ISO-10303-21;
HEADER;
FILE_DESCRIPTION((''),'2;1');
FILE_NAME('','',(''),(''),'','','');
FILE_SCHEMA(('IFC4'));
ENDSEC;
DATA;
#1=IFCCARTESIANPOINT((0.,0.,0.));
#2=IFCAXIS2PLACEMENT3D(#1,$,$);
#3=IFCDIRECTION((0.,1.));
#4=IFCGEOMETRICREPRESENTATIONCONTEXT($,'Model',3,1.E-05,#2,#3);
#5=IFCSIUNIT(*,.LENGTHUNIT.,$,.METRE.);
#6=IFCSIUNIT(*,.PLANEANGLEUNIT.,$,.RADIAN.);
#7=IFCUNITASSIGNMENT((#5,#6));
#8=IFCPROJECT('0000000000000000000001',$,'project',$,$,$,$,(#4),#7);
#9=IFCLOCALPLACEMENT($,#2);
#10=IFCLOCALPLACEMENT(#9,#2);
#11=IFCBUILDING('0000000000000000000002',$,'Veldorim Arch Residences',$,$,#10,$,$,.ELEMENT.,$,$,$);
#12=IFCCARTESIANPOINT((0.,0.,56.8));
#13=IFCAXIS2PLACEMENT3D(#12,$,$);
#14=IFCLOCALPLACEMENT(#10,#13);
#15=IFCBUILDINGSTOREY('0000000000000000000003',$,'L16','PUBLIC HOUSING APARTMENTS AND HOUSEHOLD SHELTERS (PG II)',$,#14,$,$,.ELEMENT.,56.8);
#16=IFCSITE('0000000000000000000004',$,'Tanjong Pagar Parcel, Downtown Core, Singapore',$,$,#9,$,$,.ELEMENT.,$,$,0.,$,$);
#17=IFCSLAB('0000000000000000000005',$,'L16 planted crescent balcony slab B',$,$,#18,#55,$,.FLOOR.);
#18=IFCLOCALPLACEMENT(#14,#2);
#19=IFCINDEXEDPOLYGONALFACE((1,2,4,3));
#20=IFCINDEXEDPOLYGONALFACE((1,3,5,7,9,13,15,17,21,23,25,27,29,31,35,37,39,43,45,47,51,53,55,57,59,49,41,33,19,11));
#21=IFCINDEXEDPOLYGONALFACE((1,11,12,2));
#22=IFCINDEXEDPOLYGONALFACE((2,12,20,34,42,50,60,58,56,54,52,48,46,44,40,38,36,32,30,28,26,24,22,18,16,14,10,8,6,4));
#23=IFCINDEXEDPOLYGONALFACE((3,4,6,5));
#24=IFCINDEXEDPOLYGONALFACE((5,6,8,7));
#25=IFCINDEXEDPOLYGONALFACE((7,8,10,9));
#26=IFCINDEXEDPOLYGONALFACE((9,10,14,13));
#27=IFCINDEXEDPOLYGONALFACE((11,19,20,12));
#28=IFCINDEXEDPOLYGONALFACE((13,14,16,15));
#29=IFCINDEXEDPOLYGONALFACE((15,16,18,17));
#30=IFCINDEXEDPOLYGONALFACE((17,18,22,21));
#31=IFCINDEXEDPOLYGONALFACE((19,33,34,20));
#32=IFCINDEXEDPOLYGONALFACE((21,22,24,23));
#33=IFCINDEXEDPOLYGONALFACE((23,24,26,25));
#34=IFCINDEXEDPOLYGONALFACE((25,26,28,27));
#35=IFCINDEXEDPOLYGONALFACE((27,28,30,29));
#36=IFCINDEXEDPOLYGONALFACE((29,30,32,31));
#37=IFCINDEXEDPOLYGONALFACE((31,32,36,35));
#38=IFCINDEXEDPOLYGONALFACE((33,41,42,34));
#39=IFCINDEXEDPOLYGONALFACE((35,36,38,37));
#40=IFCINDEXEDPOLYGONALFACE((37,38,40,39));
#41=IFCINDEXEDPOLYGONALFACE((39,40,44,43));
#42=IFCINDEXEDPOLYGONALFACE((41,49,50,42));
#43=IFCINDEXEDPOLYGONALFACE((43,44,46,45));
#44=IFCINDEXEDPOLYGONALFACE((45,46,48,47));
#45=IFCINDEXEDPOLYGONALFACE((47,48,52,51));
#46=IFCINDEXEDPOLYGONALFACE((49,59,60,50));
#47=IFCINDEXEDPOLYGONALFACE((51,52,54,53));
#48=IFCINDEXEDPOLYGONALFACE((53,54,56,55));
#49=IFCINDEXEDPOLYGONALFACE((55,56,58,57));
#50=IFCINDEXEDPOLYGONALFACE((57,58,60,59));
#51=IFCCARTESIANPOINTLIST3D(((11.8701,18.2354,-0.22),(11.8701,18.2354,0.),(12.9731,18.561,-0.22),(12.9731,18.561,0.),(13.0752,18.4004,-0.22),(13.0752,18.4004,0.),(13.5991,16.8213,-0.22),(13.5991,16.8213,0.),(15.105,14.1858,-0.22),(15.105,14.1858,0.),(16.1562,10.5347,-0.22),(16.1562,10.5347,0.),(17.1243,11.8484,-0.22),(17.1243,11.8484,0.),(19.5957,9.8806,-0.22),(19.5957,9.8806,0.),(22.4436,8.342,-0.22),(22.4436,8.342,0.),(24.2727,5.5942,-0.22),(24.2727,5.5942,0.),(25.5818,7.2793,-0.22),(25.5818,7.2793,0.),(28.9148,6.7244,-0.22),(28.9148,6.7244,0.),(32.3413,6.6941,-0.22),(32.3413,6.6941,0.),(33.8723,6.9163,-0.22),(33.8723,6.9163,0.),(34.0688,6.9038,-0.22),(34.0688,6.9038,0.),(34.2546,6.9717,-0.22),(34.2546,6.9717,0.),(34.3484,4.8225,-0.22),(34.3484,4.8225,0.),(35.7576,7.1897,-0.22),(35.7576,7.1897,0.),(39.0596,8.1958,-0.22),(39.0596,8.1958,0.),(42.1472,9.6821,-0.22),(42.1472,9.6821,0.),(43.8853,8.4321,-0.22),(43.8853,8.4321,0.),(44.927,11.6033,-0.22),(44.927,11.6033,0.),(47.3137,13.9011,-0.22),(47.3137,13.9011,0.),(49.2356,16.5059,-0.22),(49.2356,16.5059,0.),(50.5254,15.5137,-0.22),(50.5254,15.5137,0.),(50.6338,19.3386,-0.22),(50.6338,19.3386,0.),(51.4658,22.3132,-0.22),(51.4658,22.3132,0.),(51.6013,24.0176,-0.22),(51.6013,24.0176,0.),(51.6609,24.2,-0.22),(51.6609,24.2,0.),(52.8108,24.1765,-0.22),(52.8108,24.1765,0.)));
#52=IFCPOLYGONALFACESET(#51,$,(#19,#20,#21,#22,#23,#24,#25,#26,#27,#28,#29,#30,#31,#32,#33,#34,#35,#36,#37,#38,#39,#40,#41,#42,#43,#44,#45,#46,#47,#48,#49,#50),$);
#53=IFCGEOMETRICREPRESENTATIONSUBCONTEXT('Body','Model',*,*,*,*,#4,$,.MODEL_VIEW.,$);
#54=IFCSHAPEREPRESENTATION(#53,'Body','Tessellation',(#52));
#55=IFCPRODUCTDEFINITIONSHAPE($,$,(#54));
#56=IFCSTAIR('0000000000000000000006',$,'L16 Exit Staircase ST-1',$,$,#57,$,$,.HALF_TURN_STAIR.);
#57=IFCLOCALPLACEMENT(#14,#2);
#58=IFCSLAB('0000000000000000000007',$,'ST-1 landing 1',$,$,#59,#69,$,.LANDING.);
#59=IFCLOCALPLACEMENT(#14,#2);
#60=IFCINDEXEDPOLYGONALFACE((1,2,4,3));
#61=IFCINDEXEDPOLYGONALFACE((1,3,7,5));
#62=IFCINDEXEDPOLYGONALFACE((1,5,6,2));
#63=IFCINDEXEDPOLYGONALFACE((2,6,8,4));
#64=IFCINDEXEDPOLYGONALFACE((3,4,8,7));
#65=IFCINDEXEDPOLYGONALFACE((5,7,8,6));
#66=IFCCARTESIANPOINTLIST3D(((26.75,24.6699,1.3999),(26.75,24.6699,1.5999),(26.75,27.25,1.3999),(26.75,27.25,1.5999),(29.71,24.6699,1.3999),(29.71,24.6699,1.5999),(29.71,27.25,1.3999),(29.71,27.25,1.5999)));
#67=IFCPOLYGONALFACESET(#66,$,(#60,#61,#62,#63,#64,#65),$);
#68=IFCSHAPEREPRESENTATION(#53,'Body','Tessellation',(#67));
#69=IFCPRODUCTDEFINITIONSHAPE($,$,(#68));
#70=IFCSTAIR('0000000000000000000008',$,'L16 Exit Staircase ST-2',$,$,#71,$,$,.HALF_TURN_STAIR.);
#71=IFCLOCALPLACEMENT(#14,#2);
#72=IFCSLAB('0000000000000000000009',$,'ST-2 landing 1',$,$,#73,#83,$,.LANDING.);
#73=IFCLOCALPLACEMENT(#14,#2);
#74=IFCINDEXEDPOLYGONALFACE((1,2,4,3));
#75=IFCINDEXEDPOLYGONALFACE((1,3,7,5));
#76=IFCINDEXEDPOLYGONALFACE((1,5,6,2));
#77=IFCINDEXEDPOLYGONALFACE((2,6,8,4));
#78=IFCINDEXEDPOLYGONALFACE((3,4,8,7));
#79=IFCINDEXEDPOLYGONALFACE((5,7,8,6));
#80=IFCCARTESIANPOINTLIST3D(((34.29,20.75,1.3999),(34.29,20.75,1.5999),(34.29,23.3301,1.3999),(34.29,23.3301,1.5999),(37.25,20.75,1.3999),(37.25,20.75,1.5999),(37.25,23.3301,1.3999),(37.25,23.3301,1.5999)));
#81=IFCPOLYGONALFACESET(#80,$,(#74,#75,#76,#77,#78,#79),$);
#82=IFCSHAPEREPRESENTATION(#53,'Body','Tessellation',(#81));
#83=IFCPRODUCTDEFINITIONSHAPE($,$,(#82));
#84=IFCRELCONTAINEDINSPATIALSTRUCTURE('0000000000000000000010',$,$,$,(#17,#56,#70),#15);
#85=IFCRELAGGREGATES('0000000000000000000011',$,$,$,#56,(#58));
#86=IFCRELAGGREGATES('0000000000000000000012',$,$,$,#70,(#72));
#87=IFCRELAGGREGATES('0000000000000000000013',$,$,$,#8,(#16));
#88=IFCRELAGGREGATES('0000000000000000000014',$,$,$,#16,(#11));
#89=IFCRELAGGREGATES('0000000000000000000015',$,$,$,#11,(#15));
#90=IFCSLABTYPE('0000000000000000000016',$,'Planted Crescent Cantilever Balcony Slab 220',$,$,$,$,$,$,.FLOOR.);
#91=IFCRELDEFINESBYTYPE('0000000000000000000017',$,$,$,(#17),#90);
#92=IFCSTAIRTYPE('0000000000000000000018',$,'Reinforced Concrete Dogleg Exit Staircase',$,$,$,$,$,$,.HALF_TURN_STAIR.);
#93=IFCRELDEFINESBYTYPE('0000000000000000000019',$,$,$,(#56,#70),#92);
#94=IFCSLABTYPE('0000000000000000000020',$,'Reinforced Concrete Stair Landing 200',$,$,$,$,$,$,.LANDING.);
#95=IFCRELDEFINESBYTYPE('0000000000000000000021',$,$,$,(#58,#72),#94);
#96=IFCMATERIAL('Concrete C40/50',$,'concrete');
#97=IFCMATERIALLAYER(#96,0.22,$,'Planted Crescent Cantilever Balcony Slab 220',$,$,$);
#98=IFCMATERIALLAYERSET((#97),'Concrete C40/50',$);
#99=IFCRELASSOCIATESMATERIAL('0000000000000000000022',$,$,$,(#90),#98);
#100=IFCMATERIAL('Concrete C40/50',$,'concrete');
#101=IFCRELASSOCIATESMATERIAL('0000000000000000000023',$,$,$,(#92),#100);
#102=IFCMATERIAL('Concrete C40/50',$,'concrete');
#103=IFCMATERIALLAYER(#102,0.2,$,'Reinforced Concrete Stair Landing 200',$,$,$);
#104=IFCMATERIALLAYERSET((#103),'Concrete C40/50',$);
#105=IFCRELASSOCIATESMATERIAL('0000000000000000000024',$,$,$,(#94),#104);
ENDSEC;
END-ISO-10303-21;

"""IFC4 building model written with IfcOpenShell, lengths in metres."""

from ifc_helpers import new_model, si_unit, direction, frame, origin, place, context, subcontext, project, spatial, polyline, outline, extrude, material, layer, layer_set, type_object, element, aggregate, save


model = new_model("IFC4")

# Units and contexts
model_context = context("Model", 3, precision=1e-05, world=origin(), true_north=direction((0.0, 1.0)))
body_context = subcontext(model_context, "Body", "Model", "MODEL_VIEW")
ifc_project = project(units=[si_unit("LENGTHUNIT", "METRE"), si_unit("PLANEANGLEUNIT", "RADIAN")], contexts=[model_context])

# Site, building, storey
site_placement = place(None, origin())
site = spatial("IfcSite", under=ifc_project, at=site_placement, Name="Tanjong Pagar Parcel, Downtown Core, Singapore", CompositionType="ELEMENT", RefElevation=0.0)
building_placement = place(site_placement, origin())
building = spatial("IfcBuilding", under=site, at=building_placement, Name="Veldorim Arch Residences", CompositionType="ELEMENT")
storey_placement = place(building_placement, frame((0.0, 0.0, 56.8)))
storey = spatial("IfcBuildingStorey", under=building, at=storey_placement, Name="L16", Description="PUBLIC HOUSING APARTMENTS AND HOUSEHOLD SHELTERS (PG II)", CompositionType="ELEMENT", Elevation=56.8)

# Slab
ifc_material_1 = material(Name="Concrete C40/50", Category="concrete")
ifc_layer_1 = layer(ifc_material_1, 0.22, Name="Planted Crescent Cantilever Balcony Slab 220")
ifc_layer_set_1 = layer_set([ifc_layer_1], Name="Concrete C40/50")
slab_type_1 = type_object("IfcSlabType", Name="Planted Crescent Cantilever Balcony Slab 220", PredefinedType="FLOOR", material=ifc_layer_set_1)
slab_1_placement = place(storey_placement, frame((0.0, 0.0, -0.22)))
element("IfcSlab", 1, at=slab_1_placement, inside=storey, type_object=slab_type_1, Name="L16 planted crescent balcony slab B", PredefinedType="FLOOR", context=body_context, shape_type="SweptSolid", body=[
    extrude(outline(polyline([(13.0752, 18.4004), (13.5991, 16.8213), (15.105, 14.1858), (17.1243, 11.8484), (19.5957, 9.8806), (22.4436, 8.342), (25.5818, 7.2793), (28.9148, 6.7244), (32.3413, 6.6941), (33.8723, 6.9163), (34.0688, 6.9038), (34.2546, 6.9717), (35.7576, 7.1897), (39.0596, 8.1958), (42.1472, 9.6821), (44.927, 11.6033), (47.3137, 13.9011), (49.2356, 16.5059), (50.6338, 19.3386), (51.4658, 22.3132), (51.6013, 24.0176), (51.6609, 24.2), (52.8108, 24.1765), (50.5254, 15.5137), (43.8853, 8.4321), (34.3484, 4.8225), (24.2727, 5.5942), (16.1562, 10.5347), (11.8701, 18.2354), (12.9731, 18.561), (13.0752, 18.4004)])), origin(), (0.0, 0.0, 1.0), 0.22),
])

# Stairs, slabs
ifc_material_2 = material(Name="Concrete C40/50", Category="concrete")
stair_type = type_object("IfcStairType", Name="Reinforced Concrete Dogleg Exit Staircase", PredefinedType="HALF_TURN_STAIR", material=ifc_material_2)
stair_1_placement = place(storey_placement, origin())
stair_1 = element("IfcStair", 2, at=stair_1_placement, inside=storey, type_object=stair_type, Name="L16 Exit Staircase ST-1", PredefinedType="HALF_TURN_STAIR")
ifc_material_3 = material(Name="Concrete C40/50", Category="concrete")
ifc_layer_2 = layer(ifc_material_3, 0.2, Name="Reinforced Concrete Stair Landing 200")
ifc_layer_set_2 = layer_set([ifc_layer_2], Name="Concrete C40/50")
slab_type_2 = type_object("IfcSlabType", Name="Reinforced Concrete Stair Landing 200", PredefinedType="LANDING", material=ifc_layer_set_2)
slab_2_placement = place(storey_placement, frame((0.0, 0.0, 1.3999)))
slab_2 = element("IfcSlab", 3, at=slab_2_placement, type_object=slab_type_2, Name="ST-1 landing 1", PredefinedType="LANDING", context=body_context, shape_type="SweptSolid", body=[
    extrude(outline(polyline([(29.71, 24.6699), (29.71, 27.25), (26.75, 27.25), (26.75, 24.6699), (29.71, 24.6699)])), origin(), (0.0, 0.0, 1.0), 0.2),
])
aggregate(stair_1, [slab_2])
stair_2_placement = place(storey_placement, origin())
stair_2 = element("IfcStair", 4, at=stair_2_placement, inside=storey, type_object=stair_type, Name="L16 Exit Staircase ST-2", PredefinedType="HALF_TURN_STAIR")
slab_3_placement = place(storey_placement, frame((0.0, 0.0, 1.3999)))
slab_3 = element("IfcSlab", 5, at=slab_3_placement, type_object=slab_type_2, Name="ST-2 landing 1", PredefinedType="LANDING", context=body_context, shape_type="SweptSolid", body=[
    extrude(outline(polyline([(34.29, 23.3301), (34.29, 20.75), (37.25, 20.75), (37.25, 23.3301), (34.29, 23.3301)])), origin(), (0.0, 0.0, 1.0), 0.2),
])
aggregate(stair_2, [slab_3])

save(model, "model.ifc")
